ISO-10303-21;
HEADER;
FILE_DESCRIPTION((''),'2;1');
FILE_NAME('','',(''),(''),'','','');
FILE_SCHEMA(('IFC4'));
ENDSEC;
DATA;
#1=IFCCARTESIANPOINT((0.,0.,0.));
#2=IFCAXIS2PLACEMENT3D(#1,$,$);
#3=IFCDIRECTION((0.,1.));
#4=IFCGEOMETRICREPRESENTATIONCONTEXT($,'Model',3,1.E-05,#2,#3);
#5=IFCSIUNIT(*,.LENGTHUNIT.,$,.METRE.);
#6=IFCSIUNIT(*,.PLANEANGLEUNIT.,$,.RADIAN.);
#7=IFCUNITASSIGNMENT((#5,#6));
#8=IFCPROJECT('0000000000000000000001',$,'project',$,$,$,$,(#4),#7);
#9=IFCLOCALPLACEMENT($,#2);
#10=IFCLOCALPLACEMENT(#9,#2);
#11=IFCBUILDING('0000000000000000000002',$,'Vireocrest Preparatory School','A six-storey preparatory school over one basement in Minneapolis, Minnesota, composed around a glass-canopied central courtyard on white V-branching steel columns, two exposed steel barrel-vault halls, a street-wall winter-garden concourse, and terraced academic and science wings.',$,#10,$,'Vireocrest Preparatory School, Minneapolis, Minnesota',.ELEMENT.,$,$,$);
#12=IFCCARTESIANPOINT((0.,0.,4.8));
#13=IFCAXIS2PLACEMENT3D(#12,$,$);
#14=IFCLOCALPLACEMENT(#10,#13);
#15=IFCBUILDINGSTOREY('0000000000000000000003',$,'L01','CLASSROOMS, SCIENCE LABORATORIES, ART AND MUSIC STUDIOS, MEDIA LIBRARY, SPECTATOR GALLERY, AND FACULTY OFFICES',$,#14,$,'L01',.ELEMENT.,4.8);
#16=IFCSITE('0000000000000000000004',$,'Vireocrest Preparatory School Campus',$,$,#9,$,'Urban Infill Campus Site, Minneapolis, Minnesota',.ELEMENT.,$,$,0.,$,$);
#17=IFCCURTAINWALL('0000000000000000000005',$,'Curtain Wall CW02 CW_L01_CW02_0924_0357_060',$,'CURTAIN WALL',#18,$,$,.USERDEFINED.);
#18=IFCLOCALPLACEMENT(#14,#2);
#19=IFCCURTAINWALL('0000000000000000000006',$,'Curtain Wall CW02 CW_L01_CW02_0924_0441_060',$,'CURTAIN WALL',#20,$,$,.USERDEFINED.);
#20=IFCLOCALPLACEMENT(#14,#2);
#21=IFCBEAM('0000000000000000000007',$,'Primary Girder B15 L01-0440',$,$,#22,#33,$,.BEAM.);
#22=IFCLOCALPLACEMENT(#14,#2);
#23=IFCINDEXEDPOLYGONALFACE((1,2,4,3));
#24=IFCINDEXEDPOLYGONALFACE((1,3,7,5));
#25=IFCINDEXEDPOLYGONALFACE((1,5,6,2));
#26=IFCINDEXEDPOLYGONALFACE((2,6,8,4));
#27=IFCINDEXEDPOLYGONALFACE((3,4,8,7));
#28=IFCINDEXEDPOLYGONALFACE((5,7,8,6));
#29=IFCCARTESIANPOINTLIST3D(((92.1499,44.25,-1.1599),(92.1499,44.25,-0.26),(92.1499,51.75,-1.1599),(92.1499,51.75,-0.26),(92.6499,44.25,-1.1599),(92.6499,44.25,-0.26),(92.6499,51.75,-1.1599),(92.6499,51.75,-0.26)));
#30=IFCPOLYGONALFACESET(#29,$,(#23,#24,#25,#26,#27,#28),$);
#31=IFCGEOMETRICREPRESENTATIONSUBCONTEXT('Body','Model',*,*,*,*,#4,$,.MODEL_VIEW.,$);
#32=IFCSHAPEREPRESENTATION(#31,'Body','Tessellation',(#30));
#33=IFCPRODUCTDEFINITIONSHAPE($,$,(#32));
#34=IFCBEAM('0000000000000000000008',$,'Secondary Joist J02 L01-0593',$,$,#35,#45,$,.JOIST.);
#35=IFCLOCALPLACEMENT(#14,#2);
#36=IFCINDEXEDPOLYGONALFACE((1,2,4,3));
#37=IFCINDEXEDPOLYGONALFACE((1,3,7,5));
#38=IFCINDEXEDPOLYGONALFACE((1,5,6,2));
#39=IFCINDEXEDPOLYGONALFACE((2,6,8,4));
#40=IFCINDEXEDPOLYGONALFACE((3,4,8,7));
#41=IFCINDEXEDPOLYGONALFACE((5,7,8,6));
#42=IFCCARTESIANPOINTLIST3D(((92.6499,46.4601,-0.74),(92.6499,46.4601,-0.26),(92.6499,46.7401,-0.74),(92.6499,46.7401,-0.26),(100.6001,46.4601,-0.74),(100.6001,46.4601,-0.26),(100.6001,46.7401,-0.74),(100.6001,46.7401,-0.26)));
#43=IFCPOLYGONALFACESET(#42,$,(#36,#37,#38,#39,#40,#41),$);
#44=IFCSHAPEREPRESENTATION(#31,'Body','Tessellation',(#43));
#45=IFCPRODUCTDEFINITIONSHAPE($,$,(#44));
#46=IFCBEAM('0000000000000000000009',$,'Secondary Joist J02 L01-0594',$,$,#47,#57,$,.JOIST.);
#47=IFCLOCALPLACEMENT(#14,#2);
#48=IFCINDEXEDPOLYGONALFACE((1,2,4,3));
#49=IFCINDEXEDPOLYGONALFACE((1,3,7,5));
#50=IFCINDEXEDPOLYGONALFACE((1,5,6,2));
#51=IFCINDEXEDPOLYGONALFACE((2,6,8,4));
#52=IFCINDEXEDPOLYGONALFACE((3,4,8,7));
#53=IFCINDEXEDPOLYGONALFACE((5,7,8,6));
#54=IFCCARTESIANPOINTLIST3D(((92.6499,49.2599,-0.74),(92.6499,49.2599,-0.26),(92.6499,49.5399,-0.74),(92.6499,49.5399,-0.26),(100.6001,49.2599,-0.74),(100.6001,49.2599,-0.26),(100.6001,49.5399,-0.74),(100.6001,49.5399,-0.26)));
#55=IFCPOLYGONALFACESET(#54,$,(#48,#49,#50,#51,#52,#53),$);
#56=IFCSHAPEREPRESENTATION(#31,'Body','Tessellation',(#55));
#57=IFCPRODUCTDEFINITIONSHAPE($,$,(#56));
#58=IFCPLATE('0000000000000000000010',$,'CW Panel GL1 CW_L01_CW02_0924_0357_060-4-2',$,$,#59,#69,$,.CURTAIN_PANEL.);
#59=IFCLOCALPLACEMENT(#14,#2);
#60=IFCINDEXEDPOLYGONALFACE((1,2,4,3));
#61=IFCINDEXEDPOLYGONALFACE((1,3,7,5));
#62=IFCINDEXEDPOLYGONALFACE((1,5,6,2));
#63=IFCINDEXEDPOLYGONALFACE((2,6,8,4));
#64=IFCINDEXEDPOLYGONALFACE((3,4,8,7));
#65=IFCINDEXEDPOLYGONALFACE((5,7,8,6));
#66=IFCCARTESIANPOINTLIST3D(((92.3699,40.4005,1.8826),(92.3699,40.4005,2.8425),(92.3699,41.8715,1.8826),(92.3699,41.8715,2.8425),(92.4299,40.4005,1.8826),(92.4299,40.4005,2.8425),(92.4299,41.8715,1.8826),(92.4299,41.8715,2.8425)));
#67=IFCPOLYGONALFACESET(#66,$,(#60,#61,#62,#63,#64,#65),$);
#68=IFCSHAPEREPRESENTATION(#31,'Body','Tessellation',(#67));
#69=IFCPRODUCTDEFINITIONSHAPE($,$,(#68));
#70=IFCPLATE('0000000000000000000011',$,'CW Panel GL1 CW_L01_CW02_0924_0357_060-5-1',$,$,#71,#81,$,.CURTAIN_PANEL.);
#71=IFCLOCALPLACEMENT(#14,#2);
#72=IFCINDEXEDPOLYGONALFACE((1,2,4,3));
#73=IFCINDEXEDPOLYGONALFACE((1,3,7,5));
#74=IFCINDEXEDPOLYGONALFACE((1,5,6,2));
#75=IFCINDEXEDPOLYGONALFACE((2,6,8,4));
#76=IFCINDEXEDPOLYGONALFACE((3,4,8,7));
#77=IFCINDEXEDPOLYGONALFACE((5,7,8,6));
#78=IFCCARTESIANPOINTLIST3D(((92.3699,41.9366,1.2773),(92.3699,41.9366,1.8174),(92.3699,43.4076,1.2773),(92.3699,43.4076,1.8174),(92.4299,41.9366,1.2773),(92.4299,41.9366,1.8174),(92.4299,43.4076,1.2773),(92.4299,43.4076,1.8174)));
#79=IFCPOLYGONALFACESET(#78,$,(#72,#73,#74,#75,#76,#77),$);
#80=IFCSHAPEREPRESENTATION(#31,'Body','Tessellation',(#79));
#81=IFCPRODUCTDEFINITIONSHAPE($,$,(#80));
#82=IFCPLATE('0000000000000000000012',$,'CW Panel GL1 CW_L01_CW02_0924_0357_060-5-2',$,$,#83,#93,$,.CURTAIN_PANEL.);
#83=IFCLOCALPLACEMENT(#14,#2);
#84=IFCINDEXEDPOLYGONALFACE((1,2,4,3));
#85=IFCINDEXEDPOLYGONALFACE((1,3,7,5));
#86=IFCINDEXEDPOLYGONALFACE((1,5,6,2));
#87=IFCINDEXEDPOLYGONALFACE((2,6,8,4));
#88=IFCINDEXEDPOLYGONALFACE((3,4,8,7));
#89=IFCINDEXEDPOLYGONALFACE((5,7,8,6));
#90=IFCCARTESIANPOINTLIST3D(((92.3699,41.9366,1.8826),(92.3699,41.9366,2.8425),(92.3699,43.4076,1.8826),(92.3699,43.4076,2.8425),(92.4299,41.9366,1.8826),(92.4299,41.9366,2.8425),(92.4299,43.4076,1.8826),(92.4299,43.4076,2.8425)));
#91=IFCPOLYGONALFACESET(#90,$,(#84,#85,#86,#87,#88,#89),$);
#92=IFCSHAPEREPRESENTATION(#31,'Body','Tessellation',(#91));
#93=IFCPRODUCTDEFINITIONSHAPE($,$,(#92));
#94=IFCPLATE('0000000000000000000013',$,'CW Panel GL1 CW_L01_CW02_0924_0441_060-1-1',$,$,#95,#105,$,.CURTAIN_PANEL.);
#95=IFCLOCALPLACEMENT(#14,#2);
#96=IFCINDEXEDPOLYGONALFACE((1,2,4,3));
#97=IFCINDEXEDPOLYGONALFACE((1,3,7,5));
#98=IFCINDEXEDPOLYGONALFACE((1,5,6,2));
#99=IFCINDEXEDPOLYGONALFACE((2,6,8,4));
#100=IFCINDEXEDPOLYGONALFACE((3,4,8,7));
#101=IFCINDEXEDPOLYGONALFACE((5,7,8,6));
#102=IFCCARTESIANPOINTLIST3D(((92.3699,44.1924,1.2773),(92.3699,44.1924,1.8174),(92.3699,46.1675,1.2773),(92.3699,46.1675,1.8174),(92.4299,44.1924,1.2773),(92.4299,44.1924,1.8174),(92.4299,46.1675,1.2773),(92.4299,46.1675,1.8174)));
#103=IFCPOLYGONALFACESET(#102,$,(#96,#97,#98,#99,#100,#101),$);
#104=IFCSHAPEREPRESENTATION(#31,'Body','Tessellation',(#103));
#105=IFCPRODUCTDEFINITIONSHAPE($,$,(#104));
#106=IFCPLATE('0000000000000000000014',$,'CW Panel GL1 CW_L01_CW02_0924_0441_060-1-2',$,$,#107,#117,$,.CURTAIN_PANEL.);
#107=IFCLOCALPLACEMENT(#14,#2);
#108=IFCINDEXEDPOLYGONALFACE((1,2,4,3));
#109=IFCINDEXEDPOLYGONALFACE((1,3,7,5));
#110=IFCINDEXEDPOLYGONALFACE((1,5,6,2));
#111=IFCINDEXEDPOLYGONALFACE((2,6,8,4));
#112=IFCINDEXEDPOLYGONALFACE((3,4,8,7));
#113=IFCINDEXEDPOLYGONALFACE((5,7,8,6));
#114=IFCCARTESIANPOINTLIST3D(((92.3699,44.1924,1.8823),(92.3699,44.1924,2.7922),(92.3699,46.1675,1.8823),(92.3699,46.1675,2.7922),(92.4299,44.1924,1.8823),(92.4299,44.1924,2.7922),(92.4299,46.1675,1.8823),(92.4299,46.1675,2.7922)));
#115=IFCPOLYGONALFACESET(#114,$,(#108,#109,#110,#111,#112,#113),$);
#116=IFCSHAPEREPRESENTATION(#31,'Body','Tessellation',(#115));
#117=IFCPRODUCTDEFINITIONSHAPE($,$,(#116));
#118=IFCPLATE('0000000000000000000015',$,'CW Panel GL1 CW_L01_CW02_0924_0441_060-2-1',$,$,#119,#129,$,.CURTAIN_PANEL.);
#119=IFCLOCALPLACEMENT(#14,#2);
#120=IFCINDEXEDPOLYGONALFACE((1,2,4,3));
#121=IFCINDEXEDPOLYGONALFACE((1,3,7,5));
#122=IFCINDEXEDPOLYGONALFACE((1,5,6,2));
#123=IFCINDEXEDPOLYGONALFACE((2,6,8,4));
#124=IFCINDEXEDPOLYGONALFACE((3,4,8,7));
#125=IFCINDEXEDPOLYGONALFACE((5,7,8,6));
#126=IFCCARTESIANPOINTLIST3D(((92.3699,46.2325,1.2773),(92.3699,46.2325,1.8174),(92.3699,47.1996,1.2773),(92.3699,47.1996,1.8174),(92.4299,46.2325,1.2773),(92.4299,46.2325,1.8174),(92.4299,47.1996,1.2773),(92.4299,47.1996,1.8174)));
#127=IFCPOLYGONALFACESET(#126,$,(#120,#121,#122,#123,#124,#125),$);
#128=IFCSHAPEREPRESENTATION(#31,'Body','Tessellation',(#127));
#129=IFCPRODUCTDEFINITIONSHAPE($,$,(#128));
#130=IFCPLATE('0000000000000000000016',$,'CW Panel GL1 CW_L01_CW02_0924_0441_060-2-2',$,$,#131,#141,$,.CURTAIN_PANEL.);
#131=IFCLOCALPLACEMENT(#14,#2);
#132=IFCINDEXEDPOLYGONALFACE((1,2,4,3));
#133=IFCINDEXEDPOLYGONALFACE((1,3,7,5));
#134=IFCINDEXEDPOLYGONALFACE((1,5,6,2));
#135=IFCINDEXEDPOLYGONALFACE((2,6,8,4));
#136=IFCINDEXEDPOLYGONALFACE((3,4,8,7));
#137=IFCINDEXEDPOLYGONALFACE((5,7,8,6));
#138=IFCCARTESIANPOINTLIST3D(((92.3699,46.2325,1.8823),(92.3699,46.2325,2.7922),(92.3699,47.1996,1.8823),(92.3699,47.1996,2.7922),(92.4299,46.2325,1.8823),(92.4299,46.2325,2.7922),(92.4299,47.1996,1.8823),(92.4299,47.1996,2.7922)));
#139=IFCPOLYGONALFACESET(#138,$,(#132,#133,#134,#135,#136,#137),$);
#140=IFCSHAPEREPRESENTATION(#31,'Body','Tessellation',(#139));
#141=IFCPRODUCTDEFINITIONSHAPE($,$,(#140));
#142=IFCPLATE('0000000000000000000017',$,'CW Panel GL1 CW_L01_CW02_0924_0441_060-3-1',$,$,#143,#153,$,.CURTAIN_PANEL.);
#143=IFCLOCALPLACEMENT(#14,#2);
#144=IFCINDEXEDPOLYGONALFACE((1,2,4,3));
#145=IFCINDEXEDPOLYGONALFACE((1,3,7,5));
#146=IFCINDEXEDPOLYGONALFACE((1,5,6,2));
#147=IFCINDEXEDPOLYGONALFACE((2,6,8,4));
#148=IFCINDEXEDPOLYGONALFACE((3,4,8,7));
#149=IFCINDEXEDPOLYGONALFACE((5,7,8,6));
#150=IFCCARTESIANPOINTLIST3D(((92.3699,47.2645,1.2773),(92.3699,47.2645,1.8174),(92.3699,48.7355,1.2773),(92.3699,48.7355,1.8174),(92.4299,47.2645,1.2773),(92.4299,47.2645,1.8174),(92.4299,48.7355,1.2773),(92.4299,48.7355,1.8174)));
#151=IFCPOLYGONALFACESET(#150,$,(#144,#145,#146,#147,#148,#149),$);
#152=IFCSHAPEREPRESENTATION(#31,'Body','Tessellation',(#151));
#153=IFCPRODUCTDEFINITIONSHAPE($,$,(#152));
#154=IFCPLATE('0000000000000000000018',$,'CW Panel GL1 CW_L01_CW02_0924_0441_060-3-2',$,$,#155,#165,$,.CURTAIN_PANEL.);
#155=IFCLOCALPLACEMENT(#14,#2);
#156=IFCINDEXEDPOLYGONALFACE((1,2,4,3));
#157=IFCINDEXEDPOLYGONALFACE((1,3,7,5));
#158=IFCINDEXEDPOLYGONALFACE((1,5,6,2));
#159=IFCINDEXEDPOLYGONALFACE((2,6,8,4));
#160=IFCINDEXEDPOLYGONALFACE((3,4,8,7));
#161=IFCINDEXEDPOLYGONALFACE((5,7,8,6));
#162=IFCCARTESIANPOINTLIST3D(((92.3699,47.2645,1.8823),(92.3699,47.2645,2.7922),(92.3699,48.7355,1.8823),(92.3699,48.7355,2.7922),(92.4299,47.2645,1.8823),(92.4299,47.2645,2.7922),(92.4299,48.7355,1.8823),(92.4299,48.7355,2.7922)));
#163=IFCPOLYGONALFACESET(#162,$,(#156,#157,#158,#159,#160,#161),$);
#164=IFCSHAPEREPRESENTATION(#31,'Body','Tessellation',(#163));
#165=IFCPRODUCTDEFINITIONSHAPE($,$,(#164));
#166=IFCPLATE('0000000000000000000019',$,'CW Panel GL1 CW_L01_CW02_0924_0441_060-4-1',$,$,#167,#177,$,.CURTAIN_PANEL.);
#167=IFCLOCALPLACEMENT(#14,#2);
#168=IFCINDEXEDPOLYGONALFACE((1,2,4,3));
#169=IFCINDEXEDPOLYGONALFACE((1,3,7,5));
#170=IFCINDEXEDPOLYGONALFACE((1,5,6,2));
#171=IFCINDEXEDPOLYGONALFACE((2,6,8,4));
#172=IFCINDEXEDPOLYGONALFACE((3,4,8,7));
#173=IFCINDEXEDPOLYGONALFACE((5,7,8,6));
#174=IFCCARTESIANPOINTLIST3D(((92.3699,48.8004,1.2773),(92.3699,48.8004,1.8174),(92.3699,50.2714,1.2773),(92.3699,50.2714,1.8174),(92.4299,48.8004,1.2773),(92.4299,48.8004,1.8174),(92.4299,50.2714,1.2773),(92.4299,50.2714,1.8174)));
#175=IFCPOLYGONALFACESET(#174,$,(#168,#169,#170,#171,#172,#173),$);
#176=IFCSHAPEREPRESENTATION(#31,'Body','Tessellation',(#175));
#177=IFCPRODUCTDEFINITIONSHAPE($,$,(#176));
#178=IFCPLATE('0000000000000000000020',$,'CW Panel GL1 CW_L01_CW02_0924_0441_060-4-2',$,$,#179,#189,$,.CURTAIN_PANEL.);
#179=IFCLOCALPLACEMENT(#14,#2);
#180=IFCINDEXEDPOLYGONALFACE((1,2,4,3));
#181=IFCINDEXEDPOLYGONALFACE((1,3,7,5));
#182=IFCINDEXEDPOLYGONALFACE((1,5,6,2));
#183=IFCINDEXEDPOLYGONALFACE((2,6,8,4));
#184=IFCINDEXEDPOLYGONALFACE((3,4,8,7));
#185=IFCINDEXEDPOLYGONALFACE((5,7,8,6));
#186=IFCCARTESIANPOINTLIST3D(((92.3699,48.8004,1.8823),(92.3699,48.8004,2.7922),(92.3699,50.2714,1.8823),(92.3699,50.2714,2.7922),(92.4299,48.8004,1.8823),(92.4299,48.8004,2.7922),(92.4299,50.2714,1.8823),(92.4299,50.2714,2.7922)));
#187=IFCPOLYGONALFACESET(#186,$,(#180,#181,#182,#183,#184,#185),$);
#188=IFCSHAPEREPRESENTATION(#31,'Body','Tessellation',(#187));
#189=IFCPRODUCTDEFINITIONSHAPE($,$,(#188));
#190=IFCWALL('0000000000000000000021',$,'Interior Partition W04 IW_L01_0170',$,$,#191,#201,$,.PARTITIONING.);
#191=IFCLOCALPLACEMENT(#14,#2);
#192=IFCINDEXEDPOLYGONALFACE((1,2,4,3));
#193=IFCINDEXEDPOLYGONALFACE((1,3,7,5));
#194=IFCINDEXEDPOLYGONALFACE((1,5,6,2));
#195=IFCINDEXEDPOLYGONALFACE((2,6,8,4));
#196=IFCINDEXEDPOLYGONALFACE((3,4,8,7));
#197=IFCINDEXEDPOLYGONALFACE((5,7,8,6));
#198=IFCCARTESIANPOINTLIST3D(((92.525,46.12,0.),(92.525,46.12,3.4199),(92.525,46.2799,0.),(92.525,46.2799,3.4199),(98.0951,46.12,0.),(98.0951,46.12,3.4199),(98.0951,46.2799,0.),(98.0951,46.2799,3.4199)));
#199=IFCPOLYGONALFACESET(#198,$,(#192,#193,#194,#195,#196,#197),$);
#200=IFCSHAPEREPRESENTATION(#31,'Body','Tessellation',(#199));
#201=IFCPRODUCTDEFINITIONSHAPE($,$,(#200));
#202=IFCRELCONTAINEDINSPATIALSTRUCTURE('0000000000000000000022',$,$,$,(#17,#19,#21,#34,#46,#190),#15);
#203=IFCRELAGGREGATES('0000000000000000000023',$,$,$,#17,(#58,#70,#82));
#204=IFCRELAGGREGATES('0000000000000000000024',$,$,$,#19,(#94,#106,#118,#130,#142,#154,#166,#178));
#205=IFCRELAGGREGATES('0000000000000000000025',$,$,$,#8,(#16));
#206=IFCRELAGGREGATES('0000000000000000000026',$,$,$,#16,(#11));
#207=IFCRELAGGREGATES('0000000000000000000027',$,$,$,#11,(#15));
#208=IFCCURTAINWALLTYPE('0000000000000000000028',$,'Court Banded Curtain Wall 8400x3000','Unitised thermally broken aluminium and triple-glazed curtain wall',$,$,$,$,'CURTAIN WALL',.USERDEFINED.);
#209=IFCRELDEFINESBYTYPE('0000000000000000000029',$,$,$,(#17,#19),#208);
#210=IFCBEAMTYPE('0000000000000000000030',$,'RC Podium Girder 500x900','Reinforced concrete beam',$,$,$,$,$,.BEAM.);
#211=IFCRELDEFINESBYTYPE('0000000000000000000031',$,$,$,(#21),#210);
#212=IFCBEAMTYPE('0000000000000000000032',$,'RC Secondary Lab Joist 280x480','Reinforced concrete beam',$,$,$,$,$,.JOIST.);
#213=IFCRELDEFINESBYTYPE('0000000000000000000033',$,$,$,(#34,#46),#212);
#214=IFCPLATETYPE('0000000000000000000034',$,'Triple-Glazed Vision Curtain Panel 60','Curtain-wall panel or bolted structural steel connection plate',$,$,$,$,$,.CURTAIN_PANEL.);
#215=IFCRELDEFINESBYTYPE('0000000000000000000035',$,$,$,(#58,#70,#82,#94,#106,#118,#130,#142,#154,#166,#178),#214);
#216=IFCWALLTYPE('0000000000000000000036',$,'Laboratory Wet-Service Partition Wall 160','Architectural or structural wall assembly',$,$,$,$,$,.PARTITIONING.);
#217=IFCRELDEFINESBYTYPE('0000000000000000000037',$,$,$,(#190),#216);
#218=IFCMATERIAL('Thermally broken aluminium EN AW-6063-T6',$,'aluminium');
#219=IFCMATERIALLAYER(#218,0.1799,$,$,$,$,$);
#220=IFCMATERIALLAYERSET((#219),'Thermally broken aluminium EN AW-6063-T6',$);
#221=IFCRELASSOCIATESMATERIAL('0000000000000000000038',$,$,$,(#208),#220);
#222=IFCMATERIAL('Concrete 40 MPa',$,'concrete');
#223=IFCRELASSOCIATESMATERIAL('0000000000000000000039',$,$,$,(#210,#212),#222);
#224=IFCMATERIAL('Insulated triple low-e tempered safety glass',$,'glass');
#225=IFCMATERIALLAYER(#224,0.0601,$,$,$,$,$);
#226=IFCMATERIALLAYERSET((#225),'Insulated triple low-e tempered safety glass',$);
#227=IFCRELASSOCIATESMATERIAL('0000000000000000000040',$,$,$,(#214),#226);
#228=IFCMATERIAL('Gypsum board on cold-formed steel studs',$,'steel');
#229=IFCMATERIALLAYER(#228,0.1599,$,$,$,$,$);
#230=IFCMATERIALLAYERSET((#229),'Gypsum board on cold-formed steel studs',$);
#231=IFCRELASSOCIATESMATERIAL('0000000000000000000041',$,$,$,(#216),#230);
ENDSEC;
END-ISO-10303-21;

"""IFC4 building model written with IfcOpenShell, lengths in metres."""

from ifc_helpers import new_model, si_unit, direction, frame, frame_2d, origin, origin_2d, place, context, subcontext, project, spatial, rectangle, extrude, material, layer, layer_set, material_profile, profile_set, type_object, element, aggregate, save


model = new_model("IFC4")

# Units and contexts
model_context = context("Model", 3, precision=1e-05, world=origin(), true_north=direction((0.0, 1.0)))
body_context = subcontext(model_context, "Body", "Model", "MODEL_VIEW")
ifc_project = project(units=[si_unit("LENGTHUNIT", "METRE"), si_unit("PLANEANGLEUNIT", "RADIAN")], contexts=[model_context])

# Site, building, storey
site_placement = place(None, origin())
site = spatial("IfcSite", under=ifc_project, at=site_placement, Name="Vireocrest Preparatory School Campus", LongName="Urban Infill Campus Site, Minneapolis, Minnesota", CompositionType="ELEMENT", RefElevation=0.0)
building_placement = place(site_placement, origin())
building = spatial("IfcBuilding", under=site, at=building_placement, Name="Vireocrest Preparatory School", Description="A six-storey preparatory school over one basement in Minneapolis, Minnesota, composed around a glass-canopied central courtyard on white V-branching steel columns, two exposed steel barrel-vault halls, a street-wall winter-garden concourse, and terraced academic and science wings.", LongName="Vireocrest Preparatory School, Minneapolis, Minnesota", CompositionType="ELEMENT")
storey_placement = place(building_placement, frame((0.0, 0.0, 4.8)))
storey = spatial("IfcBuildingStorey", under=building, at=storey_placement, Name="L01", Description="CLASSROOMS, SCIENCE LABORATORIES, ART AND MUSIC STUDIOS, MEDIA LIBRARY, SPECTATOR GALLERY, AND FACULTY OFFICES", LongName="L01", CompositionType="ELEMENT", Elevation=4.8)

# Curtain walls
ifc_material_1 = material(Name="Thermally broken aluminium EN AW-6063-T6", Category="aluminium")
ifc_layer_1 = layer(ifc_material_1, 0.1799)
ifc_layer_set_1 = layer_set([ifc_layer_1], Name="Thermally broken aluminium EN AW-6063-T6")
curtain_wall_type = type_object("IfcCurtainWallType", Name="Court Banded Curtain Wall 8400x3000", Description="Unitised thermally broken aluminium and triple-glazed curtain wall", ElementType="CURTAIN WALL", PredefinedType="USERDEFINED", material=ifc_layer_set_1)
curtain_wall_1_placement = place(storey_placement, origin())
curtain_wall_1 = element("IfcCurtainWall", 1, at=curtain_wall_1_placement, inside=storey, type_object=curtain_wall_type, Name="Curtain Wall CW02 CW_L01_CW02_0924_0357_060", ObjectType="CURTAIN WALL", PredefinedType="USERDEFINED")
curtain_wall_2_placement = place(storey_placement, origin())
curtain_wall_2 = element("IfcCurtainWall", 2, at=curtain_wall_2_placement, inside=storey, type_object=curtain_wall_type, Name="Curtain Wall CW02 CW_L01_CW02_0924_0441_060", ObjectType="CURTAIN WALL", PredefinedType="USERDEFINED")

# Beams
ifc_material_2 = material(Name="Concrete 40 MPa", Category="concrete")
ifc_material_profile_1 = material_profile(ifc_material_2, rectangle(XDim=0.5, YDim=0.8999, at=origin_2d()), Name="RC 500x900")
ifc_profile_set_1 = profile_set([ifc_material_profile_1], Name="Concrete 40 MPa")
beam_type_1 = type_object("IfcBeamType", Name="RC Podium Girder 500x900", Description="Reinforced concrete beam", PredefinedType="BEAM", material=ifc_profile_set_1)
beam_placement = place(storey_placement, frame((92.3999, 44.25, -0.71), z_axis=(0.0, 1.0, 0.0), x_axis=(-1.0, 0.0, 0.0)))
element("IfcBeam", 3, at=beam_placement, inside=storey, type_object=beam_type_1, Name="Primary Girder B15 L01-0440", PredefinedType="BEAM", context=body_context, shape_type="SweptSolid", body=[
    extrude(rectangle(XDim=0.5, YDim=0.8999, at=origin_2d()), origin(), (0.0, 0.0, 1.0), 7.5),
])
ifc_material_profile_2 = material_profile(ifc_material_2, rectangle(XDim=0.28, YDim=0.48, at=origin_2d()), Name="RC 280x480")
ifc_profile_set_2 = profile_set([ifc_material_profile_2], Name="Concrete 40 MPa")
beam_type_2 = type_object("IfcBeamType", Name="RC Secondary Lab Joist 280x480", Description="Reinforced concrete beam", PredefinedType="JOIST", material=ifc_profile_set_2)
for number, where, z_axis, x_axis, name in (
    (4, (92.6499, 46.6001, -0.5), (1.0, 0.0, 0.0), (0.0, 1.0, 0.0), "Secondary Joist J02 L01-0593"),
    (5, (92.6499, 49.3999, -0.5), (1.0, 0.0, 0.0), (0.0, 1.0, 0.0), "Secondary Joist J02 L01-0594"),
):
    element("IfcBeam", number, at=place(storey_placement, frame(where, z_axis=z_axis, x_axis=x_axis)), inside=storey, type_object=beam_type_2, Name=name, PredefinedType="JOIST", context=body_context, shape_type="SweptSolid", body=[
        extrude(rectangle(XDim=0.28, YDim=0.48, at=origin_2d()), origin(), (0.0, 0.0, 1.0), 7.9502),
    ])

# Plates
ifc_material_3 = material(Name="Insulated triple low-e tempered safety glass", Category="glass")
ifc_layer_2 = layer(ifc_material_3, 0.0601)
ifc_layer_set_2 = layer_set([ifc_layer_2], Name="Insulated triple low-e tempered safety glass")
plate_type = type_object("IfcPlateType", Name="Triple-Glazed Vision Curtain Panel 60", Description="Curtain-wall panel or bolted structural steel connection plate", PredefinedType="CURTAIN_PANEL", material=ifc_layer_set_2)
plate_1_placement = place(storey_placement, frame((92.3999, 41.136, 1.8826), z_axis=(0.0, 0.0, 1.0), x_axis=(0.0, 1.0, 0.0)))
plate_1 = element("IfcPlate", 6, at=plate_1_placement, type_object=plate_type, Name="CW Panel GL1 CW_L01_CW02_0924_0357_060-4-2", PredefinedType="CURTAIN_PANEL", context=body_context, shape_type="SweptSolid", body=[
    extrude(rectangle(XDim=1.4709, YDim=0.0601, at=origin_2d()), origin(), (0.0, 0.0, 1.0), 0.96),
])
plate_2_placement = place(storey_placement, frame((92.3999, 42.6721, 1.2773), z_axis=(0.0, 0.0, 1.0), x_axis=(0.0, 1.0, 0.0)))
plate_2 = element("IfcPlate", 7, at=plate_2_placement, type_object=plate_type, Name="CW Panel GL1 CW_L01_CW02_0924_0357_060-5-1", PredefinedType="CURTAIN_PANEL", context=body_context, shape_type="SweptSolid", body=[
    extrude(rectangle(XDim=1.4709, YDim=0.0601, at=origin_2d()), origin(), (0.0, 0.0, 1.0), 0.54),
])
plate_3_placement = place(storey_placement, frame((92.3999, 42.6721, 1.8826), z_axis=(0.0, 0.0, 1.0), x_axis=(0.0, 1.0, 0.0)))
plate_3 = element("IfcPlate", 8, at=plate_3_placement, type_object=plate_type, Name="CW Panel GL1 CW_L01_CW02_0924_0357_060-5-2", PredefinedType="CURTAIN_PANEL", context=body_context, shape_type="SweptSolid", body=[
    extrude(rectangle(XDim=1.4709, YDim=0.0601, at=origin_2d()), origin(), (0.0, 0.0, 1.0), 0.96),
])
aggregate(curtain_wall_1, [plate_1, plate_2, plate_3])
plate_4_placement = place(storey_placement, frame((92.3999, 45.1799, 1.2773), z_axis=(0.0, 0.0, 1.0), x_axis=(0.0, 1.0, 0.0)))
plate_4 = element("IfcPlate", 9, at=plate_4_placement, type_object=plate_type, Name="CW Panel GL1 CW_L01_CW02_0924_0441_060-1-1", PredefinedType="CURTAIN_PANEL", context=body_context, shape_type="SweptSolid", body=[
    extrude(rectangle(XDim=1.9751, YDim=0.0601, at=origin_2d()), origin(), (0.0, 0.0, 1.0), 0.54),
])
plate_5_placement = place(storey_placement, frame((92.3999, 45.1799, 1.8823), z_axis=(0.0, 0.0, 1.0), x_axis=(0.0, 1.0, 0.0)))
plate_5 = element("IfcPlate", 10, at=plate_5_placement, type_object=plate_type, Name="CW Panel GL1 CW_L01_CW02_0924_0441_060-1-2", PredefinedType="CURTAIN_PANEL", context=body_context, shape_type="SweptSolid", body=[
    extrude(rectangle(XDim=1.9751, YDim=0.0601, at=origin_2d()), origin(), (0.0, 0.0, 1.0), 0.9099),
])
plate_6_placement = place(storey_placement, frame((92.3999, 46.7161, 1.2773), z_axis=(0.0, 0.0, 1.0), x_axis=(0.0, 1.0, 0.0)))
plate_6 = element("IfcPlate", 11, at=plate_6_placement, type_object=plate_type, Name="CW Panel GL1 CW_L01_CW02_0924_0441_060-2-1", PredefinedType="CURTAIN_PANEL", context=body_context, shape_type="SweptSolid", body=[
    extrude(rectangle(XDim=0.967, YDim=0.0601, at=origin_2d()), origin(), (0.0, 0.0, 1.0), 0.54),
])
plate_7_placement = place(storey_placement, frame((92.3999, 46.7161, 1.8823), z_axis=(0.0, 0.0, 1.0), x_axis=(0.0, 1.0, 0.0)))
plate_7 = element("IfcPlate", 12, at=plate_7_placement, type_object=plate_type, Name="CW Panel GL1 CW_L01_CW02_0924_0441_060-2-2", PredefinedType="CURTAIN_PANEL", context=body_context, shape_type="SweptSolid", body=[
    extrude(rectangle(XDim=0.967, YDim=0.0601, at=origin_2d()), origin(), (0.0, 0.0, 1.0), 0.9099),
])
plate_8_placement = place(storey_placement, frame((92.3999, 48.0, 1.2773), z_axis=(0.0, 0.0, 1.0), x_axis=(0.0, 1.0, 0.0)))
plate_8 = element("IfcPlate", 13, at=plate_8_placement, type_object=plate_type, Name="CW Panel GL1 CW_L01_CW02_0924_0441_060-3-1", PredefinedType="CURTAIN_PANEL", context=body_context, shape_type="SweptSolid", body=[
    extrude(rectangle(XDim=1.4709, YDim=0.0601, at=origin_2d()), origin(), (0.0, 0.0, 1.0), 0.54),
])
plate_9_placement = place(storey_placement, frame((92.3999, 48.0, 1.8823), z_axis=(0.0, 0.0, 1.0), x_axis=(0.0, 1.0, 0.0)))
plate_9 = element("IfcPlate", 14, at=plate_9_placement, type_object=plate_type, Name="CW Panel GL1 CW_L01_CW02_0924_0441_060-3-2", PredefinedType="CURTAIN_PANEL", context=body_context, shape_type="SweptSolid", body=[
    extrude(rectangle(XDim=1.4709, YDim=0.0601, at=origin_2d()), origin(), (0.0, 0.0, 1.0), 0.9099),
])
plate_10_placement = place(storey_placement, frame((92.3999, 49.5359, 1.2773), z_axis=(0.0, 0.0, 1.0), x_axis=(0.0, 1.0, 0.0)))
plate_10 = element("IfcPlate", 15, at=plate_10_placement, type_object=plate_type, Name="CW Panel GL1 CW_L01_CW02_0924_0441_060-4-1", PredefinedType="CURTAIN_PANEL", context=body_context, shape_type="SweptSolid", body=[
    extrude(rectangle(XDim=1.4709, YDim=0.0601, at=origin_2d()), origin(), (0.0, 0.0, 1.0), 0.54),
])
plate_11_placement = place(storey_placement, frame((92.3999, 49.5359, 1.8823), z_axis=(0.0, 0.0, 1.0), x_axis=(0.0, 1.0, 0.0)))
plate_11 = element("IfcPlate", 16, at=plate_11_placement, type_object=plate_type, Name="CW Panel GL1 CW_L01_CW02_0924_0441_060-4-2", PredefinedType="CURTAIN_PANEL", context=body_context, shape_type="SweptSolid", body=[
    extrude(rectangle(XDim=1.4709, YDim=0.0601, at=origin_2d()), origin(), (0.0, 0.0, 1.0), 0.9099),
])
aggregate(curtain_wall_2, [plate_4, plate_5, plate_6, plate_7, plate_8, plate_9, plate_10, plate_11])

# Wall
ifc_material_4 = material(Name="Gypsum board on cold-formed steel studs", Category="steel")
ifc_layer_3 = layer(ifc_material_4, 0.1599)
ifc_layer_set_3 = layer_set([ifc_layer_3], Name="Gypsum board on cold-formed steel studs")
wall_type_1 = type_object("IfcWallType", Name="Laboratory Wet-Service Partition Wall 160", Description="Architectural or structural wall assembly", PredefinedType="PARTITIONING", material=ifc_layer_set_3)
wall_1_placement = place(storey_placement, frame((92.5249, 46.2, 0.0), z_axis=(0.0, 0.0, 1.0), x_axis=(1.0, 0.0, 0.0)))
element("IfcWall", 17, at=wall_1_placement, inside=storey, type_object=wall_type_1, Name="Interior Partition W04 IW_L01_0170", PredefinedType="PARTITIONING", context=body_context, shape_type="SweptSolid", body=[
    extrude(rectangle(XDim=5.5701, YDim=0.1599, at=frame_2d((2.7852, 0.0))), origin(), (0.0, 0.0, 1.0), 3.4199),
])

save(model, "model.ifc")
